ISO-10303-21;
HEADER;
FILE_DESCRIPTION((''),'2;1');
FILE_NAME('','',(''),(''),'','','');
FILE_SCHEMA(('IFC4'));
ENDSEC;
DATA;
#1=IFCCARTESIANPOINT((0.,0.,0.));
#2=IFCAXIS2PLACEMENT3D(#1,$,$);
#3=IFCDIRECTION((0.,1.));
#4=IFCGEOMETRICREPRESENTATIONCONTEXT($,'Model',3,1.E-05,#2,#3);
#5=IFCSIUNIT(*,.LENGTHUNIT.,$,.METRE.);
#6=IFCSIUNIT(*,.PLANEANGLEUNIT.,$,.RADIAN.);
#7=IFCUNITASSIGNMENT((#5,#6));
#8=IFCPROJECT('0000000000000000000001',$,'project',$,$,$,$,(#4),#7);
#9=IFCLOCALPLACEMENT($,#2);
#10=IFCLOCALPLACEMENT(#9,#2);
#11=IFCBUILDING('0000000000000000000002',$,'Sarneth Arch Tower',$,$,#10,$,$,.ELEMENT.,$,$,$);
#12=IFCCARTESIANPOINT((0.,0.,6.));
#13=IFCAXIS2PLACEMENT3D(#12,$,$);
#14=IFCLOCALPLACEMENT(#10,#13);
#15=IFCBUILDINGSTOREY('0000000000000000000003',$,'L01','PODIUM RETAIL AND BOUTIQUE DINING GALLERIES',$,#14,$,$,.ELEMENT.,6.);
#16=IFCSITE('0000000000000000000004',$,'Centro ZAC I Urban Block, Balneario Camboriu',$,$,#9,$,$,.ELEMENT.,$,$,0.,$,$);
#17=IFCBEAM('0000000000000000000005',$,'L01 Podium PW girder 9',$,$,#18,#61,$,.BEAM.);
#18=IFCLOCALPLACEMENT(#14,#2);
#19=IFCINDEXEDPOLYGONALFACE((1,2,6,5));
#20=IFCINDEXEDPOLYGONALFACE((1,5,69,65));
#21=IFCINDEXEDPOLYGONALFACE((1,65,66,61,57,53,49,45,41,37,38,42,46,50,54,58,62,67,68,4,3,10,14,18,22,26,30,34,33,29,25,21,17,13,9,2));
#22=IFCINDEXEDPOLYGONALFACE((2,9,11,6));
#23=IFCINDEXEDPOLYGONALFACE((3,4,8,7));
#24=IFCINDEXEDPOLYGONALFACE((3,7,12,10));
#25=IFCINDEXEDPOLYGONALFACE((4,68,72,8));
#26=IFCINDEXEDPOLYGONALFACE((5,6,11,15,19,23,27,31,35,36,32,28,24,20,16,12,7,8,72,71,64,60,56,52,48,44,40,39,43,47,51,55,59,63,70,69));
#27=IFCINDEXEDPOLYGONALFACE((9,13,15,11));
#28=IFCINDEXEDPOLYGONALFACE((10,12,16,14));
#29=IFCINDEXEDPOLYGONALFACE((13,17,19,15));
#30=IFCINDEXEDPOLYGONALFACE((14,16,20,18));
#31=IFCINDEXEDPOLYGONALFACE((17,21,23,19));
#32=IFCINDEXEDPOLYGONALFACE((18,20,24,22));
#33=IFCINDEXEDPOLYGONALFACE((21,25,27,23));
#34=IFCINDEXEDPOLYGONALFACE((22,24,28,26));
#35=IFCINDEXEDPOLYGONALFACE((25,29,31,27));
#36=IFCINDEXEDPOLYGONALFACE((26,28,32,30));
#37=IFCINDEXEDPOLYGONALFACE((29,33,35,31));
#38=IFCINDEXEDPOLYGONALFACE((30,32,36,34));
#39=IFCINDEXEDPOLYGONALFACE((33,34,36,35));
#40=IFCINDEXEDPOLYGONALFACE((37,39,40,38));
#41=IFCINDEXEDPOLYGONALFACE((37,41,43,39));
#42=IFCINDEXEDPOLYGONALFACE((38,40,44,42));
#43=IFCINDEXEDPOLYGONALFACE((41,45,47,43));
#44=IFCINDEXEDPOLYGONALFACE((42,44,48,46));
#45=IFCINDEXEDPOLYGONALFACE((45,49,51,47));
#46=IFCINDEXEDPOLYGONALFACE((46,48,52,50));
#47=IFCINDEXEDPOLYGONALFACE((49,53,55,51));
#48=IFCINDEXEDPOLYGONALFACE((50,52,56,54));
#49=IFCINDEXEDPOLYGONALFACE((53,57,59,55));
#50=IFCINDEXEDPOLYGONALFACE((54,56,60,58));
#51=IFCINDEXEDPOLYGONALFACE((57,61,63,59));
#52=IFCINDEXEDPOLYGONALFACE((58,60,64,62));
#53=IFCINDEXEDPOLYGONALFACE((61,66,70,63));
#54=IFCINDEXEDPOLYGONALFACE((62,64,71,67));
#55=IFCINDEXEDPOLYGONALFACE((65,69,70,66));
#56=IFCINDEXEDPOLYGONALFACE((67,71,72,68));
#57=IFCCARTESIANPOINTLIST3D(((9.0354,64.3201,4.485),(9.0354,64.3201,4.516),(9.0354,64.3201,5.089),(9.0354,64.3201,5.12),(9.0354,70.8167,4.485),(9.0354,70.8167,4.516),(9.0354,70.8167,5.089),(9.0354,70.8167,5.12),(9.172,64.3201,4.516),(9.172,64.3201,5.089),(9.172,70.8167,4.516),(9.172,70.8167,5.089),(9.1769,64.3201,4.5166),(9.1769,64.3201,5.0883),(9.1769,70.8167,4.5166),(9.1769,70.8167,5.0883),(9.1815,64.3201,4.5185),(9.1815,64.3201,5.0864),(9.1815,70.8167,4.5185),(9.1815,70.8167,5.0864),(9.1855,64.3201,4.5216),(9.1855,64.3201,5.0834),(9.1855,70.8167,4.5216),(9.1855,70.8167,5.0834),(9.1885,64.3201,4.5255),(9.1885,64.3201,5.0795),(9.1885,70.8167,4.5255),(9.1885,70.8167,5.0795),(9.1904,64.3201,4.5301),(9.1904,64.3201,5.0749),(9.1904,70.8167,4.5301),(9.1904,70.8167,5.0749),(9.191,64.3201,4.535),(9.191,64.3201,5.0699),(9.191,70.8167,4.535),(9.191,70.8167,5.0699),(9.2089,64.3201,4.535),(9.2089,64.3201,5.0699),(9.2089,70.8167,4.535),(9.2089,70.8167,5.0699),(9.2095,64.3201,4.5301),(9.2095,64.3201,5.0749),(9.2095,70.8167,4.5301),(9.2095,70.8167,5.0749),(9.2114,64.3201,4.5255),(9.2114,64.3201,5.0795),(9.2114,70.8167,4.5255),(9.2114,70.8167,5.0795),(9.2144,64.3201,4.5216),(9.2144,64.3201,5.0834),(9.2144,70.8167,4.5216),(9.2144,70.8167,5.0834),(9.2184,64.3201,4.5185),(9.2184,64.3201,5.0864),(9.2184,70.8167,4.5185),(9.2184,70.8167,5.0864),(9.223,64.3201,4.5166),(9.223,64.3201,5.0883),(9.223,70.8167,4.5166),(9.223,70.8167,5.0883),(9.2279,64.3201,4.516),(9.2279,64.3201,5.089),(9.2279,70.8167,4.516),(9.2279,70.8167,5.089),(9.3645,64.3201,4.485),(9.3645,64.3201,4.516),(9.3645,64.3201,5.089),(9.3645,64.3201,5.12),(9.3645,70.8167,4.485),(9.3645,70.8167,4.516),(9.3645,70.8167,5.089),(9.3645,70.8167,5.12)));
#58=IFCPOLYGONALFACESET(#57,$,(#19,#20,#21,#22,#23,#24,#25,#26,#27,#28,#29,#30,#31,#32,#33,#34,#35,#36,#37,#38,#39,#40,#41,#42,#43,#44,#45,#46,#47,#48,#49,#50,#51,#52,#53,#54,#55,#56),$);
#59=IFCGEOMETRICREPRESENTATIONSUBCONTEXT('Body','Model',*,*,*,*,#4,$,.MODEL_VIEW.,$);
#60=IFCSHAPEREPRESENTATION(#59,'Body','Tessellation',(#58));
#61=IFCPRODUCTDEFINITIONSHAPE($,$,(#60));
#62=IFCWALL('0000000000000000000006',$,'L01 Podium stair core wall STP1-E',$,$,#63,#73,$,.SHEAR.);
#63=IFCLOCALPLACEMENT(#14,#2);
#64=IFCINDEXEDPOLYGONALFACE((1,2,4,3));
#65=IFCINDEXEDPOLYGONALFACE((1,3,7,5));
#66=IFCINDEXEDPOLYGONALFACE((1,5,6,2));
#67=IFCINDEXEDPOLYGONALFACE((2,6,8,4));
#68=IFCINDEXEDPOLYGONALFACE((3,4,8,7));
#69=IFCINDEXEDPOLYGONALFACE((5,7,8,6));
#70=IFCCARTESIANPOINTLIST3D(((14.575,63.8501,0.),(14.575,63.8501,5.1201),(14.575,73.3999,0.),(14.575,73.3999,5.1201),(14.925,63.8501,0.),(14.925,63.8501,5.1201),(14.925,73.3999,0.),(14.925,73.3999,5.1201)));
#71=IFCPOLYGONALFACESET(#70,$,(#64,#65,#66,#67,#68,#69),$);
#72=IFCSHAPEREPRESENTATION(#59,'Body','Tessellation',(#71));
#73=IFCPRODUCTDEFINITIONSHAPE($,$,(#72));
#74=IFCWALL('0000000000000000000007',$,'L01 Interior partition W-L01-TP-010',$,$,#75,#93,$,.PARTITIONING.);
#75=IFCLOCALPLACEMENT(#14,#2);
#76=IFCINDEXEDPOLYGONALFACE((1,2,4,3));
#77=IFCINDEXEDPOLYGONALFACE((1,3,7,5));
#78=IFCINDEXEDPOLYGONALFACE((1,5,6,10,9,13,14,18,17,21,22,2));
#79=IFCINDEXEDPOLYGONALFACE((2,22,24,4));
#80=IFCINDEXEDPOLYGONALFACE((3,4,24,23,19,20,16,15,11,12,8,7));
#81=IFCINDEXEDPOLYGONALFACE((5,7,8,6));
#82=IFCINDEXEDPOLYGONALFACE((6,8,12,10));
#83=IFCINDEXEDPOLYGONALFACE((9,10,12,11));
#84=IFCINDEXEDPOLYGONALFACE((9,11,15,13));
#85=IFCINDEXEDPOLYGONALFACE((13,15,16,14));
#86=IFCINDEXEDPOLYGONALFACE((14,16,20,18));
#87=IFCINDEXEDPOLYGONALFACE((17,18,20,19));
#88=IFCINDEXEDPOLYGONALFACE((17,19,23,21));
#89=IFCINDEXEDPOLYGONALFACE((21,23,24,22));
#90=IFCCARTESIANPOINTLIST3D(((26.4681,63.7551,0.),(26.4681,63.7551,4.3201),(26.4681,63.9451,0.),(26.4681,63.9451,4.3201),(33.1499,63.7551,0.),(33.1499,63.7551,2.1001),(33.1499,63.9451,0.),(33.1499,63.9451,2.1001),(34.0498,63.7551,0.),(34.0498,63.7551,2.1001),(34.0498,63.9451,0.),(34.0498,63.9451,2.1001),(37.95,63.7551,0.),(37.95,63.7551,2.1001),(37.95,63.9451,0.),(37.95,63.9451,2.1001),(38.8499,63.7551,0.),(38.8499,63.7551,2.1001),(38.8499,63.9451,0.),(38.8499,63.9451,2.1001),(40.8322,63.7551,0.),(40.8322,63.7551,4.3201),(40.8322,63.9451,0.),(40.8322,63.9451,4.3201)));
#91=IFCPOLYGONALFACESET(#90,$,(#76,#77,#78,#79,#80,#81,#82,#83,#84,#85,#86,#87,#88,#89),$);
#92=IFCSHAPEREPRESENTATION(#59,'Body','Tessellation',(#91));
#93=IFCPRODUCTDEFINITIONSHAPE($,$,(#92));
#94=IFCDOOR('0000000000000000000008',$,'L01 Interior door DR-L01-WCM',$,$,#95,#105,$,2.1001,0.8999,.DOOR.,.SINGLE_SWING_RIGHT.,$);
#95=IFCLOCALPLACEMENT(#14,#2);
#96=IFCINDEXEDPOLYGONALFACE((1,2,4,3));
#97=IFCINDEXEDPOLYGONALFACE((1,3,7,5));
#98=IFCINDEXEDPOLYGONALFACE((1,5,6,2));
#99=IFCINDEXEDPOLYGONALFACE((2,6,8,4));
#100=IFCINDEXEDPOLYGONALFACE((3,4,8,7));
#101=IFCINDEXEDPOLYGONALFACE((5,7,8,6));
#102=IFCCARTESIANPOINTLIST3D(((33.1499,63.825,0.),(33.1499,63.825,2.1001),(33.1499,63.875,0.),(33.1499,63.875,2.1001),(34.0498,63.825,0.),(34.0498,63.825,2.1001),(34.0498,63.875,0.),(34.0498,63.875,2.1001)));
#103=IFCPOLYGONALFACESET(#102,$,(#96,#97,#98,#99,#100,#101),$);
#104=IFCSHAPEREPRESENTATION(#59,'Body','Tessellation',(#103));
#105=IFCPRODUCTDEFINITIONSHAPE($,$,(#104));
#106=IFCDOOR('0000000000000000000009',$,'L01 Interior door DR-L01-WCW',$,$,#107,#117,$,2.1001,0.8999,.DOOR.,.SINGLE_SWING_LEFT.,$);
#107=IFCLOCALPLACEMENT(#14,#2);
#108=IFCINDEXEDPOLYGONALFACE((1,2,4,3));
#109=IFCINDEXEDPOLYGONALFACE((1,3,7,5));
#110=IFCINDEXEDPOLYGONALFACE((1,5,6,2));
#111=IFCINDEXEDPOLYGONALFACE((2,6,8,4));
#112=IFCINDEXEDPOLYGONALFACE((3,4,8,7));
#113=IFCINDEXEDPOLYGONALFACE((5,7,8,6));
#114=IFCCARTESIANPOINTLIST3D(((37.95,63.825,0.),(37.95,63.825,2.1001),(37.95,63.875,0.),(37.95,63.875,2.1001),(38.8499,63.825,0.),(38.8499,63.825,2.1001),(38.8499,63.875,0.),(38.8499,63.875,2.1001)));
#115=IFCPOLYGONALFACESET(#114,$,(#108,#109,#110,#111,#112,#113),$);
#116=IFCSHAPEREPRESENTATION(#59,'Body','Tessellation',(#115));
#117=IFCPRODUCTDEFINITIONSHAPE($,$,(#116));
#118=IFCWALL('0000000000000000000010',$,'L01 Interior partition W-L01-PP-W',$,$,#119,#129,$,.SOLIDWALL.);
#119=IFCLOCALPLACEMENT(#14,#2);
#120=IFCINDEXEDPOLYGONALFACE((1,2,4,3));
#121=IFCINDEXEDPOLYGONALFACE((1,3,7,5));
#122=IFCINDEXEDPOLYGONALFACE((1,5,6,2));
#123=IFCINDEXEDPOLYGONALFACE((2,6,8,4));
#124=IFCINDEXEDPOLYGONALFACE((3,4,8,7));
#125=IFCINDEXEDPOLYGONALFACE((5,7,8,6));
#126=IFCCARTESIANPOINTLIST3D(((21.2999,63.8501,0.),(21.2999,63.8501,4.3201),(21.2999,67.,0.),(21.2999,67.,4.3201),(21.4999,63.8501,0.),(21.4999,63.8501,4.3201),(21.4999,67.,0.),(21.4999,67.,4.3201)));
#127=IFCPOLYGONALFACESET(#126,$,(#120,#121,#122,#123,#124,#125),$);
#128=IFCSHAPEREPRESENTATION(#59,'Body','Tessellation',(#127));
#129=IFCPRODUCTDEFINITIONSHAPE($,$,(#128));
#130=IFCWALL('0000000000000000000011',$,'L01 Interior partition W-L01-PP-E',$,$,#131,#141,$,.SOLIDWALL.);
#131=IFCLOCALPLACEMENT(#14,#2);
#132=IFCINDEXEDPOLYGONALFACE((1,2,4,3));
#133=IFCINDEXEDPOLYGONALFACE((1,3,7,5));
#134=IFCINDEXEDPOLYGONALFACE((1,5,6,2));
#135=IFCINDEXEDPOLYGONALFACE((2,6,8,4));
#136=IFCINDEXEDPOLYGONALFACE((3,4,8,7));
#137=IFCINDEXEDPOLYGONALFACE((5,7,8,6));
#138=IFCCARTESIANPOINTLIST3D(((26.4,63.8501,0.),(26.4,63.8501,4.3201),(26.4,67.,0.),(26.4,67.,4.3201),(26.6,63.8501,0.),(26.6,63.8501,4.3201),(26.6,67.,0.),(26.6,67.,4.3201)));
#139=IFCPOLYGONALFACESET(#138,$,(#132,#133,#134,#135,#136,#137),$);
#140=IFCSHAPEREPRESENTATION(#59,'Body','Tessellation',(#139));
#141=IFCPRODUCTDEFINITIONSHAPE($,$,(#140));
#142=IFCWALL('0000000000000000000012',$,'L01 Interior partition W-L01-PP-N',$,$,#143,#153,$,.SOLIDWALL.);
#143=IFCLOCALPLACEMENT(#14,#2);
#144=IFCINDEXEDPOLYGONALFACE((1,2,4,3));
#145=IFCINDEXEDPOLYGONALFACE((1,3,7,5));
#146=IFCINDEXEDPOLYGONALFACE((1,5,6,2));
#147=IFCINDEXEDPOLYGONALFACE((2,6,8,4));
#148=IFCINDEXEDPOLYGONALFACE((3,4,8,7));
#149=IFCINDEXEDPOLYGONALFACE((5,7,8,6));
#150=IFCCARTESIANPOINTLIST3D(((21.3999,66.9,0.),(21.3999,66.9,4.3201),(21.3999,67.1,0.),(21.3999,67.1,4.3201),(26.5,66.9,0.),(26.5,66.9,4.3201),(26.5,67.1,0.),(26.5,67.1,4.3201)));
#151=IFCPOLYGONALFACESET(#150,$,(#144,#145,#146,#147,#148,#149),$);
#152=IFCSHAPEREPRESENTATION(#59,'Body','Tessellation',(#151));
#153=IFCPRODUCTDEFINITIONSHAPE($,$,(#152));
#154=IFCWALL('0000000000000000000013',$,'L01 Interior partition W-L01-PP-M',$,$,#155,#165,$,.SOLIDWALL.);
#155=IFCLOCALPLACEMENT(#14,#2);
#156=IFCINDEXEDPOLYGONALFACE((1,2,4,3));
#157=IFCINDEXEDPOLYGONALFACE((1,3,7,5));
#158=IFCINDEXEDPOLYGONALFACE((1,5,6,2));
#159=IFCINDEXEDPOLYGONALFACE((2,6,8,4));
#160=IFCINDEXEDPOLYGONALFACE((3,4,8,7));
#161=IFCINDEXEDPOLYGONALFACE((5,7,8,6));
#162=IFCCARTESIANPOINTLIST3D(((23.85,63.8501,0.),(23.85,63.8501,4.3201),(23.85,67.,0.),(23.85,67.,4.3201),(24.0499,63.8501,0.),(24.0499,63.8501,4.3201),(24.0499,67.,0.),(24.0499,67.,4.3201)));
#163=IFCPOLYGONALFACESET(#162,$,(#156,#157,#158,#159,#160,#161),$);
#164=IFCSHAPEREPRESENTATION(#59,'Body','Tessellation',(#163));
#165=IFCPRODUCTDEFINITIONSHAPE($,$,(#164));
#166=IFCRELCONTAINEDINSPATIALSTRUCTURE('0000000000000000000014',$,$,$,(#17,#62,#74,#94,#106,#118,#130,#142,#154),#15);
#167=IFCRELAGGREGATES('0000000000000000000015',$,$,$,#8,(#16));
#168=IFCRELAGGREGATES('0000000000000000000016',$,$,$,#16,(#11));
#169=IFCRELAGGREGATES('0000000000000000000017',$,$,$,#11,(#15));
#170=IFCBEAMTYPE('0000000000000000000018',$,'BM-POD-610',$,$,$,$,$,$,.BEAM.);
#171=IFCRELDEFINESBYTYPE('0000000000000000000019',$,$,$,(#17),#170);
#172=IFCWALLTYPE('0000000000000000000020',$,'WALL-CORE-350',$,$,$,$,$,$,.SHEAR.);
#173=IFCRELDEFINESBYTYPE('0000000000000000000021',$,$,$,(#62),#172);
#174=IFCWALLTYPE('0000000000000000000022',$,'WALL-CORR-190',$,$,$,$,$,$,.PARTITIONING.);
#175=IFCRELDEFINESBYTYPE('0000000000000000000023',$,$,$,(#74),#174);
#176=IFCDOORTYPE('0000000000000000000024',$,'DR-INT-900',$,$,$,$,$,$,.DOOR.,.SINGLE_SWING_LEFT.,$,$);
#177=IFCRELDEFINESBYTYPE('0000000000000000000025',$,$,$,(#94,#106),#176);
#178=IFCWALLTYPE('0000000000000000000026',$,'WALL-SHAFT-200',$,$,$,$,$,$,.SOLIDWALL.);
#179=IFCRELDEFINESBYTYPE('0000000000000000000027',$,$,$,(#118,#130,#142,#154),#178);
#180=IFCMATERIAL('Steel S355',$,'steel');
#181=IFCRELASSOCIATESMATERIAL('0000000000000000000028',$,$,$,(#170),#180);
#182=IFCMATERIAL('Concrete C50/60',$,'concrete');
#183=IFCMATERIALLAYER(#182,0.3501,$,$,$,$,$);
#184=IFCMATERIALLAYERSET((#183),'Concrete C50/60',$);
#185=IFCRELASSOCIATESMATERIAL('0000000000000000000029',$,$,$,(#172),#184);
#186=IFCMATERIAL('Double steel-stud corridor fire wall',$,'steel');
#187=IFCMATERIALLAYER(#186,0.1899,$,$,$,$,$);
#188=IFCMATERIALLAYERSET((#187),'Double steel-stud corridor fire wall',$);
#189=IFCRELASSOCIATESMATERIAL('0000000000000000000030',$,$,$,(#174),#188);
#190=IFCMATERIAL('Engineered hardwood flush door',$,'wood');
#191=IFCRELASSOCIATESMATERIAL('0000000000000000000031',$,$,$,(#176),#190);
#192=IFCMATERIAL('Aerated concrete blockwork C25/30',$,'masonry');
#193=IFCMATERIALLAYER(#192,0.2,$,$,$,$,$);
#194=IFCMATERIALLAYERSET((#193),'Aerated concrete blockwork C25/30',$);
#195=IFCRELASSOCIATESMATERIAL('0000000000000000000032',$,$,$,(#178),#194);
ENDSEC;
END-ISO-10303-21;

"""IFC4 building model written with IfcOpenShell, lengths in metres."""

from ifc_helpers import new_model, si_unit, direction, frame, frame_2d, origin, origin_2d, place, context, subcontext, project, spatial, rectangle, i_section, extrude, material, layer, layer_set, material_profile, profile_set, type_object, element, fill, save


model = new_model("IFC4")

# Units and contexts
model_context = context("Model", 3, precision=1e-05, world=origin(), true_north=direction((0.0, 1.0)))
body_context = subcontext(model_context, "Body", "Model", "MODEL_VIEW")
ifc_project = project(units=[si_unit("LENGTHUNIT", "METRE"), si_unit("PLANEANGLEUNIT", "RADIAN")], contexts=[model_context])

# Site, building, storey
site_placement = place(None, origin())
site = spatial("IfcSite", under=ifc_project, at=site_placement, Name="Centro ZAC I Urban Block, Balneario Camboriu", CompositionType="ELEMENT", RefElevation=0.0)
building_placement = place(site_placement, origin())
building = spatial("IfcBuilding", under=site, at=building_placement, Name="Sarneth Arch Tower", CompositionType="ELEMENT")
storey_placement = place(building_placement, frame((0.0, 0.0, 6.0)))
storey = spatial("IfcBuildingStorey", under=building, at=storey_placement, Name="L01", Description="PODIUM RETAIL AND BOUTIQUE DINING GALLERIES", CompositionType="ELEMENT", Elevation=6.0)

# Beam
ifc_material_1 = material(Name="Steel S355", Category="steel")
ifc_material_profile = material_profile(ifc_material_1, i_section(OverallWidth=0.3291, OverallDepth=0.635, WebThickness=0.0178, FlangeThickness=0.031, FilletRadius=0.019, at=origin_2d()), Name="W610x241")
ifc_profile_set = profile_set([ifc_material_profile], Name="Steel S355")
beam_type = type_object("IfcBeamType", Name="BM-POD-610", PredefinedType="BEAM", material=ifc_profile_set)
beam_placement = place(storey_placement, frame((9.2, 64.3201, 4.8025), z_axis=(0.0, 1.0, 0.0), x_axis=(-1.0, 0.0, 0.0)))
element("IfcBeam", 1, at=beam_placement, inside=storey, type_object=beam_type, Name="L01 Podium PW girder 9", PredefinedType="BEAM", context=body_context, shape_type="SweptSolid", body=[
    extrude(i_section(OverallWidth=0.3291, OverallDepth=0.635, WebThickness=0.0178, FlangeThickness=0.031, FilletRadius=0.019, at=origin_2d()), origin(), (0.0, 0.0, 1.0), 6.4966),
])

# Wall
ifc_material_2 = material(Name="Concrete C50/60", Category="concrete")
ifc_layer_1 = layer(ifc_material_2, 0.3501)
ifc_layer_set_1 = layer_set([ifc_layer_1], Name="Concrete C50/60")
wall_type_1 = type_object("IfcWallType", Name="WALL-CORE-350", PredefinedType="SHEAR", material=ifc_layer_set_1)
wall_1_placement = place(storey_placement, frame((14.75, 63.8501, 0.0), z_axis=(0.0, 0.0, 1.0), x_axis=(0.0, 1.0, 0.0)))
element("IfcWall", 2, at=wall_1_placement, inside=storey, type_object=wall_type_1, Name="L01 Podium stair core wall STP1-E", PredefinedType="SHEAR", context=body_context, shape_type="SweptSolid", body=[
    extrude(rectangle(XDim=9.5498, YDim=0.3501, at=frame_2d((4.7749, 0.0))), origin(), (0.0, 0.0, 1.0), 5.1201),
])

# Wall, openings, doors
ifc_material_3 = material(Name="Double steel-stud corridor fire wall", Category="steel")
ifc_layer_2 = layer(ifc_material_3, 0.1899)
ifc_layer_set_2 = layer_set([ifc_layer_2], Name="Double steel-stud corridor fire wall")
wall_type_2 = type_object("IfcWallType", Name="WALL-CORR-190", PredefinedType="PARTITIONING", material=ifc_layer_set_2)
wall_2_placement = place(storey_placement, frame((26.468, 63.8501, 0.0), z_axis=(0.0, 0.0, 1.0), x_axis=(1.0, 0.0, 0.0)))
wall_2 = element("IfcWall", 3, at=wall_2_placement, inside=storey, type_object=wall_type_2, Name="L01 Interior partition W-L01-TP-010", PredefinedType="PARTITIONING", context=body_context, shape_type="SweptSolid", body=[
    extrude(rectangle(XDim=14.364, YDim=0.1899, at=frame_2d((7.1821, 0.0))), origin(), (0.0, 0.0, 1.0), 4.3201),
])
opening_1_placement = place(wall_2_placement, frame((6.6819, 0.0, 0.0)))
opening_1 = element("IfcOpeningElement", 4, at=opening_1_placement, cuts=wall_2, PredefinedType="OPENING", context=body_context, shape_type="SweptSolid", body=[
    extrude(rectangle(XDim=0.8999, YDim=2.1001, at=frame_2d((0.45, 1.05))), frame((0.0, 0.105, 0.0), z_axis=(0.0, -1.0, 0.0), x_axis=(1.0, 0.0, 0.0)), (0.0, 0.0, 1.0), 0.21),
])
opening_2_placement = place(wall_2_placement, frame((11.4819, 0.0, 0.0)))
opening_2 = element("IfcOpeningElement", 5, at=opening_2_placement, cuts=wall_2, PredefinedType="OPENING", context=body_context, shape_type="SweptSolid", body=[
    extrude(rectangle(XDim=0.8999, YDim=2.1001, at=frame_2d((0.45, 1.05))), frame((0.0, 0.105, 0.0), z_axis=(0.0, -1.0, 0.0), x_axis=(1.0, 0.0, 0.0)), (0.0, 0.0, 1.0), 0.21),
])
ifc_material_4 = material(Name="Engineered hardwood flush door", Category="wood")
door_type_1 = type_object("IfcDoorType", Name="DR-INT-900", OperationType="SINGLE_SWING_LEFT", PredefinedType="DOOR", material=ifc_material_4)
door_1_placement = place(opening_1_placement, origin())
door_1 = element("IfcDoor", 6, at=door_1_placement, inside=storey, type_object=door_type_1, Name="L01 Interior door DR-L01-WCM", OperationType="SINGLE_SWING_RIGHT", OverallHeight=2.1001, OverallWidth=0.8999, PredefinedType="DOOR", context=body_context, shape_type="SweptSolid", body=[
    extrude(rectangle(XDim=0.8999, YDim=2.1001, at=frame_2d((0.45, 1.05))), frame((0.0, 0.0249, 0.0), z_axis=(0.0, -1.0, 0.0), x_axis=(1.0, 0.0, 0.0)), (0.0, 0.0, 1.0), 0.05),
])
fill(opening_1, door_1)
door_2_placement = place(opening_2_placement, origin())
door_2 = element("IfcDoor", 7, at=door_2_placement, inside=storey, type_object=door_type_1, Name="L01 Interior door DR-L01-WCW", OperationType="SINGLE_SWING_LEFT", OverallHeight=2.1001, OverallWidth=0.8999, PredefinedType="DOOR", context=body_context, shape_type="SweptSolid", body=[
    extrude(rectangle(XDim=0.8999, YDim=2.1001, at=frame_2d((0.45, 1.05))), frame((0.0, 0.0249, 0.0), z_axis=(0.0, -1.0, 0.0), x_axis=(1.0, 0.0, 0.0)), (0.0, 0.0, 1.0), 0.05),
])
fill(opening_2, door_2)

# Walls
ifc_material_5 = material(Name="Aerated concrete blockwork C25/30", Category="masonry")
ifc_layer_3 = layer(ifc_material_5, 0.2)
ifc_layer_set_3 = layer_set([ifc_layer_3], Name="Aerated concrete blockwork C25/30")
wall_type_3 = type_object("IfcWallType", Name="WALL-SHAFT-200", PredefinedType="SOLIDWALL", material=ifc_layer_set_3)
for number, where, z_axis, x_axis, name in (
    (8, (21.3999, 63.8501, 0.0), (0.0, 0.0, 1.0), (0.0, 1.0, 0.0), "L01 Interior partition W-L01-PP-W"),
    (9, (26.5, 63.8501, 0.0), (0.0, 0.0, 1.0), (0.0, 1.0, 0.0), "L01 Interior partition W-L01-PP-E"),
):
    element("IfcWall", number, at=place(storey_placement, frame(where, z_axis=z_axis, x_axis=x_axis)), inside=storey, type_object=wall_type_3, Name=name, PredefinedType="SOLIDWALL", context=body_context, shape_type="SweptSolid", body=[
        extrude(rectangle(XDim=3.1499, YDim=0.2, at=frame_2d((1.575, 0.0))), origin(), (0.0, 0.0, 1.0), 4.3201),
    ])
wall_3_placement = place(storey_placement, frame((21.3999, 67.0, 0.0), z_axis=(0.0, 0.0, 1.0), x_axis=(1.0, 0.0, 0.0)))
element("IfcWall", 10, at=wall_3_placement, inside=storey, type_object=wall_type_3, Name="L01 Interior partition W-L01-PP-N", PredefinedType="SOLIDWALL", context=body_context, shape_type="SweptSolid", body=[
    extrude(rectangle(XDim=5.1001, YDim=0.2, at=frame_2d((2.55, 0.0))), origin(), (0.0, 0.0, 1.0), 4.3201),
])
wall_4_placement = place(storey_placement, frame((23.95, 63.8501, 0.0), z_axis=(0.0, 0.0, 1.0), x_axis=(0.0, 1.0, 0.0)))
element("IfcWall", 11, at=wall_4_placement, inside=storey, type_object=wall_type_3, Name="L01 Interior partition W-L01-PP-M", PredefinedType="SOLIDWALL", context=body_context, shape_type="SweptSolid", body=[
    extrude(rectangle(XDim=3.1499, YDim=0.2, at=frame_2d((1.575, 0.0))), origin(), (0.0, 0.0, 1.0), 4.3201),
])

save(model, "model.ifc")
